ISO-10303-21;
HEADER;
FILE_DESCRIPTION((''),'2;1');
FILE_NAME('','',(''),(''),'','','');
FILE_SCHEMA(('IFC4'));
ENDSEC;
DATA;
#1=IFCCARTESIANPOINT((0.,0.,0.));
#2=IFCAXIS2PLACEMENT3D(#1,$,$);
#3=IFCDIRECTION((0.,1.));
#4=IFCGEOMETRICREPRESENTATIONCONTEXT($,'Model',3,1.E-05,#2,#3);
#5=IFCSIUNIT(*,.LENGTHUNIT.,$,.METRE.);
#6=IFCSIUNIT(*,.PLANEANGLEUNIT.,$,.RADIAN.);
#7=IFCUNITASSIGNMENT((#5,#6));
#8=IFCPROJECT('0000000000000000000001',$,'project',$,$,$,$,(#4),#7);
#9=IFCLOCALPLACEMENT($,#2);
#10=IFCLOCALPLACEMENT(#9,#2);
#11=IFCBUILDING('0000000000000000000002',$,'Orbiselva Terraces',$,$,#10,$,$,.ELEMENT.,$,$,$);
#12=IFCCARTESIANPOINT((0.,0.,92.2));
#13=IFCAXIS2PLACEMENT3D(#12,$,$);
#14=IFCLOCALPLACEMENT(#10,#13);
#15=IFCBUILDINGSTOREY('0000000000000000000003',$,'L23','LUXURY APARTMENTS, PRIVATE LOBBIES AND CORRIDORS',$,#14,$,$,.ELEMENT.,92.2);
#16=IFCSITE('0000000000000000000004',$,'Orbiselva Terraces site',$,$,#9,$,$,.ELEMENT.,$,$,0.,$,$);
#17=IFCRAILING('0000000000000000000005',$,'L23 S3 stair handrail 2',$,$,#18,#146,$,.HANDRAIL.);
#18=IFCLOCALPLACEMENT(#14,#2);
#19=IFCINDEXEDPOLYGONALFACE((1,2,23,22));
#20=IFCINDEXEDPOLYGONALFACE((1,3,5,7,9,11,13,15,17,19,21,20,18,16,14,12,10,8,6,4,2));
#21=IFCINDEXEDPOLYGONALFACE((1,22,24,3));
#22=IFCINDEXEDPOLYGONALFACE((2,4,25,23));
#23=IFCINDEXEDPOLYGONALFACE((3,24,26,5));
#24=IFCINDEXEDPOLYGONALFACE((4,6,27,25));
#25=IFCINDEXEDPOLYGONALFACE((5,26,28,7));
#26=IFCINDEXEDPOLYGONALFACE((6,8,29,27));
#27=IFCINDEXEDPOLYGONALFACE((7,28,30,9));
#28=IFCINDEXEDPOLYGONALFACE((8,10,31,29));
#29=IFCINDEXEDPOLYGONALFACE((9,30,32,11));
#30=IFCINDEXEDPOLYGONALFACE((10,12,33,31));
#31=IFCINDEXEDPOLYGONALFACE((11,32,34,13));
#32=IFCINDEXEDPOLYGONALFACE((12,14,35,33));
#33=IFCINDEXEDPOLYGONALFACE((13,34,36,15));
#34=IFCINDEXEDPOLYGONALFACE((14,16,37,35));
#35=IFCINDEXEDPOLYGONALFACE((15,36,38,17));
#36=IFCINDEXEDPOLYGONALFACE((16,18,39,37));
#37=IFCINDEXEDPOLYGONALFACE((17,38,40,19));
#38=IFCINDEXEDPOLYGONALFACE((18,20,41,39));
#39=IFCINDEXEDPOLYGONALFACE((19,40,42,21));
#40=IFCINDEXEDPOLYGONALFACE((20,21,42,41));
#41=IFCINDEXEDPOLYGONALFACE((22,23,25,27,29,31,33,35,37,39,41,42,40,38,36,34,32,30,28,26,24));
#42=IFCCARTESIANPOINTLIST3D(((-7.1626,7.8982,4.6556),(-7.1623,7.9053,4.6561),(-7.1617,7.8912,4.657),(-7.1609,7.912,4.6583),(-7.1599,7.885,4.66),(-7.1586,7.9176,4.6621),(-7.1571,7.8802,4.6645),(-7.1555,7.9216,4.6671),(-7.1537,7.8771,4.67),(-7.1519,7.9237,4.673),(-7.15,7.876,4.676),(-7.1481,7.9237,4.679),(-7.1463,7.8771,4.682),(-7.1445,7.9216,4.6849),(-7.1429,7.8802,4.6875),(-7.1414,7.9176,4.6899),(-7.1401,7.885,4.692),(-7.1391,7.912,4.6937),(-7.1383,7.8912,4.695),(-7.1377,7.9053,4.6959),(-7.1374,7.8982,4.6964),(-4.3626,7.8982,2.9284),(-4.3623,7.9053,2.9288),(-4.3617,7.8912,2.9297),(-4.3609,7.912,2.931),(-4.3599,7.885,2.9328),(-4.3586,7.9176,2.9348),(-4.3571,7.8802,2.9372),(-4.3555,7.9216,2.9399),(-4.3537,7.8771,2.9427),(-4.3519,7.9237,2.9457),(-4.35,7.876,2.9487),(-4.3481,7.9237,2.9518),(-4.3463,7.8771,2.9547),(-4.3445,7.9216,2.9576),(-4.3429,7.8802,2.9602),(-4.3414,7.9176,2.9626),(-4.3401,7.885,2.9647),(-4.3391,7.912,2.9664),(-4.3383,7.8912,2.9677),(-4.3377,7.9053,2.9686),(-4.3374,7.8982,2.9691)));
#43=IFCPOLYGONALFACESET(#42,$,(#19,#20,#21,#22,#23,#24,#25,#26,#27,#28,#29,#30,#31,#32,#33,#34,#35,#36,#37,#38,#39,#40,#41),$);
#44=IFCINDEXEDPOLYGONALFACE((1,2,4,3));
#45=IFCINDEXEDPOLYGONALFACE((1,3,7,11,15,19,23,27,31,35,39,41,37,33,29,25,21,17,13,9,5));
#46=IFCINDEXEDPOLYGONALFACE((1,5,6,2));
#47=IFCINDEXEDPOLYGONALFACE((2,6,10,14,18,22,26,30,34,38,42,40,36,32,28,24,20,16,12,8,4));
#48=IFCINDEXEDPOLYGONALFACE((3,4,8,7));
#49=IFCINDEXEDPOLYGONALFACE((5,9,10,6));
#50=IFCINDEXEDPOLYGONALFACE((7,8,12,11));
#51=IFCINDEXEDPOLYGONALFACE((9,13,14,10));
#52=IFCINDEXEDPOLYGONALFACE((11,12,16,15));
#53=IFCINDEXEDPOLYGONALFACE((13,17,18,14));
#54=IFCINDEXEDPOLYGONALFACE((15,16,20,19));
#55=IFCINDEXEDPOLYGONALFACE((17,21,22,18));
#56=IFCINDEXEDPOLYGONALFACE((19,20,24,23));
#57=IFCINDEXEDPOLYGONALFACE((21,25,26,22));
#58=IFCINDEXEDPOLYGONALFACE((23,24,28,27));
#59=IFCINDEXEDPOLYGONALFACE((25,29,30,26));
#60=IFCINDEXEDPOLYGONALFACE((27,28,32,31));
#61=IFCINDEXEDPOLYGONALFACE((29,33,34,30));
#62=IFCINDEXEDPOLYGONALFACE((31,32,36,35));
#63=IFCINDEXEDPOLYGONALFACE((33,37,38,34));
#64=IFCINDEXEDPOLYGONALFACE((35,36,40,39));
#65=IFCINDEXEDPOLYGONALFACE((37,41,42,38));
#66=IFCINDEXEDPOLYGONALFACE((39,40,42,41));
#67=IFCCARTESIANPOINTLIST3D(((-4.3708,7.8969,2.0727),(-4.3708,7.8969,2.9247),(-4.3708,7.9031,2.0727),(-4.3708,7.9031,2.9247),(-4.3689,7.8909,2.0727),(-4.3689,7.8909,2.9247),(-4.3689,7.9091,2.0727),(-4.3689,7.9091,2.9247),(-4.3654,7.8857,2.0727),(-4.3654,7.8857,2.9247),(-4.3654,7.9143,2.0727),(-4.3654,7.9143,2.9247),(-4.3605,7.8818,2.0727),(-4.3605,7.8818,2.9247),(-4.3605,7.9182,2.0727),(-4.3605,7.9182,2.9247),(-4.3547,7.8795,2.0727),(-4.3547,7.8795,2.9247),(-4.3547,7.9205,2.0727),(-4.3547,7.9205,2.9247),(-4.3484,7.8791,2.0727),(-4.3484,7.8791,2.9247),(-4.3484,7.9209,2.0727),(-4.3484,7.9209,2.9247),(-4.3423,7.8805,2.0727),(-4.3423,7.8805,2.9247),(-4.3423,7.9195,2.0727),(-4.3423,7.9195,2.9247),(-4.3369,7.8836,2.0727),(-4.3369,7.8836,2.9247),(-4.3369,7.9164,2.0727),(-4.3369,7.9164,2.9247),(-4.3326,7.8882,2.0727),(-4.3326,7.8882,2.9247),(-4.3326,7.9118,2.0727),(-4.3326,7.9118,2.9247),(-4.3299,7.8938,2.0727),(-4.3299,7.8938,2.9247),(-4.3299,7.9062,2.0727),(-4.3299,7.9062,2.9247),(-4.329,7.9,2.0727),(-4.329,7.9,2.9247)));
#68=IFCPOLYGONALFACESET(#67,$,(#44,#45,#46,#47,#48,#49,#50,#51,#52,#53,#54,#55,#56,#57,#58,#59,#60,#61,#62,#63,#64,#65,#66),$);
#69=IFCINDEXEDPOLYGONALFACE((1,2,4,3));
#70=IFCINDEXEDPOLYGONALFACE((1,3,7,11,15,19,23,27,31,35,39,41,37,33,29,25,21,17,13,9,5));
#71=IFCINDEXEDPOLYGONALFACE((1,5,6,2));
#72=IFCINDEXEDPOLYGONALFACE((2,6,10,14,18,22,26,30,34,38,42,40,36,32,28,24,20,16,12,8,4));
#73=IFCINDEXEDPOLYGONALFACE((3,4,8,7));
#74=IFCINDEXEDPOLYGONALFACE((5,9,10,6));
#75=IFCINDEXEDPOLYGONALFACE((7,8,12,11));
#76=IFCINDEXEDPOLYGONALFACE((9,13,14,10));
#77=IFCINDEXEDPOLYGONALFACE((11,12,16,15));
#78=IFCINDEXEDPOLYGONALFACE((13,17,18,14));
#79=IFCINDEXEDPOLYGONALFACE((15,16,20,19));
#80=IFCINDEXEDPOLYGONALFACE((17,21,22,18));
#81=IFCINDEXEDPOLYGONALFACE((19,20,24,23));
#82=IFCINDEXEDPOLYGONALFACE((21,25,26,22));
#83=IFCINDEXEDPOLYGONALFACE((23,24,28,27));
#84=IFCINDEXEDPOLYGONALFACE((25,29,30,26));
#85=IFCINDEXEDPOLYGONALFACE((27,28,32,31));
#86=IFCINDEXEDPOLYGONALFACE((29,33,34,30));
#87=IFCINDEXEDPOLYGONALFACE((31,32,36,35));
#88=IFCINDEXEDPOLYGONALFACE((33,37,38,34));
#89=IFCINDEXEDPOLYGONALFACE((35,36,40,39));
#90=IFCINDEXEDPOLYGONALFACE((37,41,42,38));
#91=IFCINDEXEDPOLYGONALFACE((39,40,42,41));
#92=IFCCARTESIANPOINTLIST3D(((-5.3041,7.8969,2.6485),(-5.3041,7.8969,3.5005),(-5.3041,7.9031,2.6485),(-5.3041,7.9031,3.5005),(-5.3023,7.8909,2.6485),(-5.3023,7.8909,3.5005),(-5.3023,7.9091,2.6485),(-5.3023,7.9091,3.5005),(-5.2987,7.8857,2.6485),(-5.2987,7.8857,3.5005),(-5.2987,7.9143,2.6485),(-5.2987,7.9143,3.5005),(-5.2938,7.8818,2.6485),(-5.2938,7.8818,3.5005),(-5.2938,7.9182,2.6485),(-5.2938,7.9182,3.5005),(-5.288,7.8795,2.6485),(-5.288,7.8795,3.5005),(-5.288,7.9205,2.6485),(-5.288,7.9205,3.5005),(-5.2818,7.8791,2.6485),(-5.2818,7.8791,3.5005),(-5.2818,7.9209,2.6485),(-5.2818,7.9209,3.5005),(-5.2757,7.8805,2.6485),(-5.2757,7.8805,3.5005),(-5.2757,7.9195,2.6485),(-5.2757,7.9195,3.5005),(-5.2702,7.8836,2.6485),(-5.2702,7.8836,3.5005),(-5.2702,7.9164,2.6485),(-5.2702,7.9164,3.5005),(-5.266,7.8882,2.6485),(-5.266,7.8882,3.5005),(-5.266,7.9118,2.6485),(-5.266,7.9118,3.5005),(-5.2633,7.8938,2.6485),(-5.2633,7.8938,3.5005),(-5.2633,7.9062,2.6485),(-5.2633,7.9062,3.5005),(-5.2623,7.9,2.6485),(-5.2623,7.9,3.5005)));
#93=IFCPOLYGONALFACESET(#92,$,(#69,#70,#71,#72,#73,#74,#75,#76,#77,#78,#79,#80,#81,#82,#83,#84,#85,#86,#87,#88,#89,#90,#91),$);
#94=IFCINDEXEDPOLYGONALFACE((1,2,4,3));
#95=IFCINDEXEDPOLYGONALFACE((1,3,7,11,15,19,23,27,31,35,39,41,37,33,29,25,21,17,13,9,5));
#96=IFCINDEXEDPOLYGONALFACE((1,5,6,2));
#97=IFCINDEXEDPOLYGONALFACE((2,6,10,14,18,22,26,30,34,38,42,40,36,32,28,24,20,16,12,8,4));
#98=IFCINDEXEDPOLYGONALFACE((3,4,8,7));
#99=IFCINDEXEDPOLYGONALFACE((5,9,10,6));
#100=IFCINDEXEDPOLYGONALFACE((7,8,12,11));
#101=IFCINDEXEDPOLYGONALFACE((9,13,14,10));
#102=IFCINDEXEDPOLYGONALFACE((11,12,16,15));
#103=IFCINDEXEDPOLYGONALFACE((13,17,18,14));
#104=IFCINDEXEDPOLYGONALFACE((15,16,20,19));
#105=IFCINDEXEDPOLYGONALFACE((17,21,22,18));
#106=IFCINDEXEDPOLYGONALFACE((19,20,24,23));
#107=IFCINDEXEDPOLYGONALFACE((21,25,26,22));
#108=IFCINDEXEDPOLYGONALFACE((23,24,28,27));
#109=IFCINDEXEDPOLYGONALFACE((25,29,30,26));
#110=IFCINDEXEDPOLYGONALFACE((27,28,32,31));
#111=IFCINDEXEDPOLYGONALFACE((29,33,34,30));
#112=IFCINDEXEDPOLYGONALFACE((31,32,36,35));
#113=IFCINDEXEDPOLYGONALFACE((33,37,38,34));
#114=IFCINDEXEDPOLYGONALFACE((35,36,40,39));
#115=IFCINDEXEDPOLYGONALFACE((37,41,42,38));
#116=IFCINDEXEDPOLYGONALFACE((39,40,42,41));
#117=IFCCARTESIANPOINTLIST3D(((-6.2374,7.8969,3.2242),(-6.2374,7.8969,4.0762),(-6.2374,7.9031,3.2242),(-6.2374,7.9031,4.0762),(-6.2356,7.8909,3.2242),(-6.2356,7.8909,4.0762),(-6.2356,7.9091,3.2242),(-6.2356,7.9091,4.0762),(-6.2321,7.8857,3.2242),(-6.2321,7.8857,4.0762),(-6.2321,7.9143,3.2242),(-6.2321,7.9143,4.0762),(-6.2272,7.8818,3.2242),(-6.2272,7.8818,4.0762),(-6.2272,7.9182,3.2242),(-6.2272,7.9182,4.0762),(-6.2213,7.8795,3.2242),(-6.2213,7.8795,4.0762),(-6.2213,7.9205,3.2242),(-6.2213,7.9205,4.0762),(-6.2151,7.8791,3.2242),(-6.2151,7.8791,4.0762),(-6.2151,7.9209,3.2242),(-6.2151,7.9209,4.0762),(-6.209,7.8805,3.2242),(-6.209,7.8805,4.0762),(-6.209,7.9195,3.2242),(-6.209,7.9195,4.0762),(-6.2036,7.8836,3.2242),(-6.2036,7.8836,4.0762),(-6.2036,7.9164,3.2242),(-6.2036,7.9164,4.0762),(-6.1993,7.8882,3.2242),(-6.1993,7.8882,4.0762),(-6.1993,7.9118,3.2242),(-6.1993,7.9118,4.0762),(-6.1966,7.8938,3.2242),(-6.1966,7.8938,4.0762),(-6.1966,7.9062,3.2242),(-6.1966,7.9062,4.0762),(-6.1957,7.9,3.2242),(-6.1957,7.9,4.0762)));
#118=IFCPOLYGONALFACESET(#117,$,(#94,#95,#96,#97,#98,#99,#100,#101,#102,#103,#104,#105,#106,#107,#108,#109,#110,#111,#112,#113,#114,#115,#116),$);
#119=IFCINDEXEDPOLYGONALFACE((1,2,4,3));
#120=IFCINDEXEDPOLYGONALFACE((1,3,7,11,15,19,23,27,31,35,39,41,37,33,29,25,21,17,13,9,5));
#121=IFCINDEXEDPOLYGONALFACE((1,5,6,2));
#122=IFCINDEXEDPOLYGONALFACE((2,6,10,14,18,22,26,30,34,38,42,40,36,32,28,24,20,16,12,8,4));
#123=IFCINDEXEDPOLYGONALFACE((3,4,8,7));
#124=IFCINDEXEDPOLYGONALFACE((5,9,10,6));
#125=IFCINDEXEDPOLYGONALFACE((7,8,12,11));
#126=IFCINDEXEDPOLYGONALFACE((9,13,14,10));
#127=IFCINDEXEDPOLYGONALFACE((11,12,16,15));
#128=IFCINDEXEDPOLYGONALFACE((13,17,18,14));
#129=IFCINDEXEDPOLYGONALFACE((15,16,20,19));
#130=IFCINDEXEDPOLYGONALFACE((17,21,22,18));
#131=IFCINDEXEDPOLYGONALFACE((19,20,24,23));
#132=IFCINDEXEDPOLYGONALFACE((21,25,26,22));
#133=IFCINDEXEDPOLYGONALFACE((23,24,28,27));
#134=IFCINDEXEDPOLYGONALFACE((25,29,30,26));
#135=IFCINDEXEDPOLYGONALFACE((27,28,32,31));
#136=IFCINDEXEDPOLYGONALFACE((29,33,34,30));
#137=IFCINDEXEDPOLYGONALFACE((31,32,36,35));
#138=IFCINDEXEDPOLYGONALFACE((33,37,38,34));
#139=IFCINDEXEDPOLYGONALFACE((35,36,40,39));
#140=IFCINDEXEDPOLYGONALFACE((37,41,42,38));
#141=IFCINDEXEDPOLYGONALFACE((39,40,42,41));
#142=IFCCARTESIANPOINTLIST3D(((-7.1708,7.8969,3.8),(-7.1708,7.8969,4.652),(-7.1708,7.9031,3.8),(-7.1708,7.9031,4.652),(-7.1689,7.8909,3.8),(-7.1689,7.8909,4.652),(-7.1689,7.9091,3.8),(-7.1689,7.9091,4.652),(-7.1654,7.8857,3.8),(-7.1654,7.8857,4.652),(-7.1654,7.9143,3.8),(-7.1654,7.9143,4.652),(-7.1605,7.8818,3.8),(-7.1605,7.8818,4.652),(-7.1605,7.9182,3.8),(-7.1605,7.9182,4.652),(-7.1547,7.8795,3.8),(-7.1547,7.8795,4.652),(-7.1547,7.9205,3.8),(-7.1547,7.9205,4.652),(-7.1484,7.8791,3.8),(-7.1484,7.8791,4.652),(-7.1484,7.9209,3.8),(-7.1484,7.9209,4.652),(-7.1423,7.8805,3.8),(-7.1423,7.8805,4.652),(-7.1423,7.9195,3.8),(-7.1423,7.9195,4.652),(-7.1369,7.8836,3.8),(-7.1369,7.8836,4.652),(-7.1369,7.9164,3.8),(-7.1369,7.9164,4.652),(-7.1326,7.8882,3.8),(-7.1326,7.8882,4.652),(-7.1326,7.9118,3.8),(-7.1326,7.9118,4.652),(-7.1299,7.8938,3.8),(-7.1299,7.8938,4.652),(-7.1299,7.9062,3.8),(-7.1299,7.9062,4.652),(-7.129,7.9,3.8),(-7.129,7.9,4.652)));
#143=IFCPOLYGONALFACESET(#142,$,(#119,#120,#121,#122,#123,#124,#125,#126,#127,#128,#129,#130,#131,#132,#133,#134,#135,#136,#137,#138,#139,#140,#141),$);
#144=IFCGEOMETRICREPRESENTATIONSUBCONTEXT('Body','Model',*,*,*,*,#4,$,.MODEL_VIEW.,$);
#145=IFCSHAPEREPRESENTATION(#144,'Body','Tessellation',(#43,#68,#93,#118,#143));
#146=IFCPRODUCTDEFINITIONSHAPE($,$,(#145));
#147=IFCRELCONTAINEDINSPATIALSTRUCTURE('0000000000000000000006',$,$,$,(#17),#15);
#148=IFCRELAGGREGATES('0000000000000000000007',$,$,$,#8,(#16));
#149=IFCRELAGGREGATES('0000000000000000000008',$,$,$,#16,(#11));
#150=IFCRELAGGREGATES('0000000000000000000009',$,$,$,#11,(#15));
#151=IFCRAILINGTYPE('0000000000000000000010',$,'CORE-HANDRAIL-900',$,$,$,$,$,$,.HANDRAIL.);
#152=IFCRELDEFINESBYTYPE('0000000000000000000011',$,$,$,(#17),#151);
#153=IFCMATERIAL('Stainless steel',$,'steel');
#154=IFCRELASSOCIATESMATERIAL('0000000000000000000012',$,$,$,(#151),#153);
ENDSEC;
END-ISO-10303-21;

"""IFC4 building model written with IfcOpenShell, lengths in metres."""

from ifc_helpers import new_model, si_unit, direction, frame, origin, origin_2d, place, context, subcontext, project, spatial, circle, extrude, material, type_object, element, save


model = new_model("IFC4")

# Units and contexts
model_context = context("Model", 3, precision=1e-05, world=origin(), true_north=direction((0.0, 1.0)))
body_context = subcontext(model_context, "Body", "Model", "MODEL_VIEW")
ifc_project = project(units=[si_unit("LENGTHUNIT", "METRE"), si_unit("PLANEANGLEUNIT", "RADIAN")], contexts=[model_context])

# Site, building, storey
site_placement = place(None, origin())
site = spatial("IfcSite", under=ifc_project, at=site_placement, Name="Orbiselva Terraces site", CompositionType="ELEMENT", RefElevation=0.0)
building_placement = place(site_placement, origin())
building = spatial("IfcBuilding", under=site, at=building_placement, Name="Orbiselva Terraces", CompositionType="ELEMENT")
storey_placement = place(building_placement, frame((0.0, 0.0, 92.2)))
storey = spatial("IfcBuildingStorey", under=building, at=storey_placement, Name="L23", Description="LUXURY APARTMENTS, PRIVATE LOBBIES AND CORRIDORS", CompositionType="ELEMENT", Elevation=92.2)

# Railing
ifc_material_1 = material(Name="Stainless steel", Category="steel")
railing_type_1 = type_object("IfcRailingType", Name="CORE-HANDRAIL-900", PredefinedType="HANDRAIL", material=ifc_material_1)
railing_1_placement = place(storey_placement, frame((-4.35, 7.9, 2.0727)))
element("IfcRailing", 1, at=railing_1_placement, inside=storey, type_object=railing_type_1, Name="L23 S3 stair handrail 2", PredefinedType="HANDRAIL", context=body_context, shape_type="SweptSolid", body=[
    extrude(circle(Radius=0.024, at=origin_2d()), frame((0.0, 0.0, 0.876), z_axis=(-0.851089, 0.0, 0.525022), x_axis=(0.0, -1.0, 0.0)), (0.0, 0.0, 1.0), 3.2899),
    extrude(circle(Radius=0.021, at=origin_2d()), origin(), (0.0, 0.0, 1.0), 0.852),
    extrude(circle(Radius=0.021, at=origin_2d()), frame((-0.9333, 0.0, 0.5758)), (0.0, 0.0, 1.0), 0.852),
    extrude(circle(Radius=0.021, at=origin_2d()), frame((-1.8667, 0.0, 1.1515)), (0.0, 0.0, 1.0), 0.852),
    extrude(circle(Radius=0.021, at=origin_2d()), frame((-2.8, 0.0, 1.7273)), (0.0, 0.0, 1.0), 0.852),
])

save(model, "model.ifc")
